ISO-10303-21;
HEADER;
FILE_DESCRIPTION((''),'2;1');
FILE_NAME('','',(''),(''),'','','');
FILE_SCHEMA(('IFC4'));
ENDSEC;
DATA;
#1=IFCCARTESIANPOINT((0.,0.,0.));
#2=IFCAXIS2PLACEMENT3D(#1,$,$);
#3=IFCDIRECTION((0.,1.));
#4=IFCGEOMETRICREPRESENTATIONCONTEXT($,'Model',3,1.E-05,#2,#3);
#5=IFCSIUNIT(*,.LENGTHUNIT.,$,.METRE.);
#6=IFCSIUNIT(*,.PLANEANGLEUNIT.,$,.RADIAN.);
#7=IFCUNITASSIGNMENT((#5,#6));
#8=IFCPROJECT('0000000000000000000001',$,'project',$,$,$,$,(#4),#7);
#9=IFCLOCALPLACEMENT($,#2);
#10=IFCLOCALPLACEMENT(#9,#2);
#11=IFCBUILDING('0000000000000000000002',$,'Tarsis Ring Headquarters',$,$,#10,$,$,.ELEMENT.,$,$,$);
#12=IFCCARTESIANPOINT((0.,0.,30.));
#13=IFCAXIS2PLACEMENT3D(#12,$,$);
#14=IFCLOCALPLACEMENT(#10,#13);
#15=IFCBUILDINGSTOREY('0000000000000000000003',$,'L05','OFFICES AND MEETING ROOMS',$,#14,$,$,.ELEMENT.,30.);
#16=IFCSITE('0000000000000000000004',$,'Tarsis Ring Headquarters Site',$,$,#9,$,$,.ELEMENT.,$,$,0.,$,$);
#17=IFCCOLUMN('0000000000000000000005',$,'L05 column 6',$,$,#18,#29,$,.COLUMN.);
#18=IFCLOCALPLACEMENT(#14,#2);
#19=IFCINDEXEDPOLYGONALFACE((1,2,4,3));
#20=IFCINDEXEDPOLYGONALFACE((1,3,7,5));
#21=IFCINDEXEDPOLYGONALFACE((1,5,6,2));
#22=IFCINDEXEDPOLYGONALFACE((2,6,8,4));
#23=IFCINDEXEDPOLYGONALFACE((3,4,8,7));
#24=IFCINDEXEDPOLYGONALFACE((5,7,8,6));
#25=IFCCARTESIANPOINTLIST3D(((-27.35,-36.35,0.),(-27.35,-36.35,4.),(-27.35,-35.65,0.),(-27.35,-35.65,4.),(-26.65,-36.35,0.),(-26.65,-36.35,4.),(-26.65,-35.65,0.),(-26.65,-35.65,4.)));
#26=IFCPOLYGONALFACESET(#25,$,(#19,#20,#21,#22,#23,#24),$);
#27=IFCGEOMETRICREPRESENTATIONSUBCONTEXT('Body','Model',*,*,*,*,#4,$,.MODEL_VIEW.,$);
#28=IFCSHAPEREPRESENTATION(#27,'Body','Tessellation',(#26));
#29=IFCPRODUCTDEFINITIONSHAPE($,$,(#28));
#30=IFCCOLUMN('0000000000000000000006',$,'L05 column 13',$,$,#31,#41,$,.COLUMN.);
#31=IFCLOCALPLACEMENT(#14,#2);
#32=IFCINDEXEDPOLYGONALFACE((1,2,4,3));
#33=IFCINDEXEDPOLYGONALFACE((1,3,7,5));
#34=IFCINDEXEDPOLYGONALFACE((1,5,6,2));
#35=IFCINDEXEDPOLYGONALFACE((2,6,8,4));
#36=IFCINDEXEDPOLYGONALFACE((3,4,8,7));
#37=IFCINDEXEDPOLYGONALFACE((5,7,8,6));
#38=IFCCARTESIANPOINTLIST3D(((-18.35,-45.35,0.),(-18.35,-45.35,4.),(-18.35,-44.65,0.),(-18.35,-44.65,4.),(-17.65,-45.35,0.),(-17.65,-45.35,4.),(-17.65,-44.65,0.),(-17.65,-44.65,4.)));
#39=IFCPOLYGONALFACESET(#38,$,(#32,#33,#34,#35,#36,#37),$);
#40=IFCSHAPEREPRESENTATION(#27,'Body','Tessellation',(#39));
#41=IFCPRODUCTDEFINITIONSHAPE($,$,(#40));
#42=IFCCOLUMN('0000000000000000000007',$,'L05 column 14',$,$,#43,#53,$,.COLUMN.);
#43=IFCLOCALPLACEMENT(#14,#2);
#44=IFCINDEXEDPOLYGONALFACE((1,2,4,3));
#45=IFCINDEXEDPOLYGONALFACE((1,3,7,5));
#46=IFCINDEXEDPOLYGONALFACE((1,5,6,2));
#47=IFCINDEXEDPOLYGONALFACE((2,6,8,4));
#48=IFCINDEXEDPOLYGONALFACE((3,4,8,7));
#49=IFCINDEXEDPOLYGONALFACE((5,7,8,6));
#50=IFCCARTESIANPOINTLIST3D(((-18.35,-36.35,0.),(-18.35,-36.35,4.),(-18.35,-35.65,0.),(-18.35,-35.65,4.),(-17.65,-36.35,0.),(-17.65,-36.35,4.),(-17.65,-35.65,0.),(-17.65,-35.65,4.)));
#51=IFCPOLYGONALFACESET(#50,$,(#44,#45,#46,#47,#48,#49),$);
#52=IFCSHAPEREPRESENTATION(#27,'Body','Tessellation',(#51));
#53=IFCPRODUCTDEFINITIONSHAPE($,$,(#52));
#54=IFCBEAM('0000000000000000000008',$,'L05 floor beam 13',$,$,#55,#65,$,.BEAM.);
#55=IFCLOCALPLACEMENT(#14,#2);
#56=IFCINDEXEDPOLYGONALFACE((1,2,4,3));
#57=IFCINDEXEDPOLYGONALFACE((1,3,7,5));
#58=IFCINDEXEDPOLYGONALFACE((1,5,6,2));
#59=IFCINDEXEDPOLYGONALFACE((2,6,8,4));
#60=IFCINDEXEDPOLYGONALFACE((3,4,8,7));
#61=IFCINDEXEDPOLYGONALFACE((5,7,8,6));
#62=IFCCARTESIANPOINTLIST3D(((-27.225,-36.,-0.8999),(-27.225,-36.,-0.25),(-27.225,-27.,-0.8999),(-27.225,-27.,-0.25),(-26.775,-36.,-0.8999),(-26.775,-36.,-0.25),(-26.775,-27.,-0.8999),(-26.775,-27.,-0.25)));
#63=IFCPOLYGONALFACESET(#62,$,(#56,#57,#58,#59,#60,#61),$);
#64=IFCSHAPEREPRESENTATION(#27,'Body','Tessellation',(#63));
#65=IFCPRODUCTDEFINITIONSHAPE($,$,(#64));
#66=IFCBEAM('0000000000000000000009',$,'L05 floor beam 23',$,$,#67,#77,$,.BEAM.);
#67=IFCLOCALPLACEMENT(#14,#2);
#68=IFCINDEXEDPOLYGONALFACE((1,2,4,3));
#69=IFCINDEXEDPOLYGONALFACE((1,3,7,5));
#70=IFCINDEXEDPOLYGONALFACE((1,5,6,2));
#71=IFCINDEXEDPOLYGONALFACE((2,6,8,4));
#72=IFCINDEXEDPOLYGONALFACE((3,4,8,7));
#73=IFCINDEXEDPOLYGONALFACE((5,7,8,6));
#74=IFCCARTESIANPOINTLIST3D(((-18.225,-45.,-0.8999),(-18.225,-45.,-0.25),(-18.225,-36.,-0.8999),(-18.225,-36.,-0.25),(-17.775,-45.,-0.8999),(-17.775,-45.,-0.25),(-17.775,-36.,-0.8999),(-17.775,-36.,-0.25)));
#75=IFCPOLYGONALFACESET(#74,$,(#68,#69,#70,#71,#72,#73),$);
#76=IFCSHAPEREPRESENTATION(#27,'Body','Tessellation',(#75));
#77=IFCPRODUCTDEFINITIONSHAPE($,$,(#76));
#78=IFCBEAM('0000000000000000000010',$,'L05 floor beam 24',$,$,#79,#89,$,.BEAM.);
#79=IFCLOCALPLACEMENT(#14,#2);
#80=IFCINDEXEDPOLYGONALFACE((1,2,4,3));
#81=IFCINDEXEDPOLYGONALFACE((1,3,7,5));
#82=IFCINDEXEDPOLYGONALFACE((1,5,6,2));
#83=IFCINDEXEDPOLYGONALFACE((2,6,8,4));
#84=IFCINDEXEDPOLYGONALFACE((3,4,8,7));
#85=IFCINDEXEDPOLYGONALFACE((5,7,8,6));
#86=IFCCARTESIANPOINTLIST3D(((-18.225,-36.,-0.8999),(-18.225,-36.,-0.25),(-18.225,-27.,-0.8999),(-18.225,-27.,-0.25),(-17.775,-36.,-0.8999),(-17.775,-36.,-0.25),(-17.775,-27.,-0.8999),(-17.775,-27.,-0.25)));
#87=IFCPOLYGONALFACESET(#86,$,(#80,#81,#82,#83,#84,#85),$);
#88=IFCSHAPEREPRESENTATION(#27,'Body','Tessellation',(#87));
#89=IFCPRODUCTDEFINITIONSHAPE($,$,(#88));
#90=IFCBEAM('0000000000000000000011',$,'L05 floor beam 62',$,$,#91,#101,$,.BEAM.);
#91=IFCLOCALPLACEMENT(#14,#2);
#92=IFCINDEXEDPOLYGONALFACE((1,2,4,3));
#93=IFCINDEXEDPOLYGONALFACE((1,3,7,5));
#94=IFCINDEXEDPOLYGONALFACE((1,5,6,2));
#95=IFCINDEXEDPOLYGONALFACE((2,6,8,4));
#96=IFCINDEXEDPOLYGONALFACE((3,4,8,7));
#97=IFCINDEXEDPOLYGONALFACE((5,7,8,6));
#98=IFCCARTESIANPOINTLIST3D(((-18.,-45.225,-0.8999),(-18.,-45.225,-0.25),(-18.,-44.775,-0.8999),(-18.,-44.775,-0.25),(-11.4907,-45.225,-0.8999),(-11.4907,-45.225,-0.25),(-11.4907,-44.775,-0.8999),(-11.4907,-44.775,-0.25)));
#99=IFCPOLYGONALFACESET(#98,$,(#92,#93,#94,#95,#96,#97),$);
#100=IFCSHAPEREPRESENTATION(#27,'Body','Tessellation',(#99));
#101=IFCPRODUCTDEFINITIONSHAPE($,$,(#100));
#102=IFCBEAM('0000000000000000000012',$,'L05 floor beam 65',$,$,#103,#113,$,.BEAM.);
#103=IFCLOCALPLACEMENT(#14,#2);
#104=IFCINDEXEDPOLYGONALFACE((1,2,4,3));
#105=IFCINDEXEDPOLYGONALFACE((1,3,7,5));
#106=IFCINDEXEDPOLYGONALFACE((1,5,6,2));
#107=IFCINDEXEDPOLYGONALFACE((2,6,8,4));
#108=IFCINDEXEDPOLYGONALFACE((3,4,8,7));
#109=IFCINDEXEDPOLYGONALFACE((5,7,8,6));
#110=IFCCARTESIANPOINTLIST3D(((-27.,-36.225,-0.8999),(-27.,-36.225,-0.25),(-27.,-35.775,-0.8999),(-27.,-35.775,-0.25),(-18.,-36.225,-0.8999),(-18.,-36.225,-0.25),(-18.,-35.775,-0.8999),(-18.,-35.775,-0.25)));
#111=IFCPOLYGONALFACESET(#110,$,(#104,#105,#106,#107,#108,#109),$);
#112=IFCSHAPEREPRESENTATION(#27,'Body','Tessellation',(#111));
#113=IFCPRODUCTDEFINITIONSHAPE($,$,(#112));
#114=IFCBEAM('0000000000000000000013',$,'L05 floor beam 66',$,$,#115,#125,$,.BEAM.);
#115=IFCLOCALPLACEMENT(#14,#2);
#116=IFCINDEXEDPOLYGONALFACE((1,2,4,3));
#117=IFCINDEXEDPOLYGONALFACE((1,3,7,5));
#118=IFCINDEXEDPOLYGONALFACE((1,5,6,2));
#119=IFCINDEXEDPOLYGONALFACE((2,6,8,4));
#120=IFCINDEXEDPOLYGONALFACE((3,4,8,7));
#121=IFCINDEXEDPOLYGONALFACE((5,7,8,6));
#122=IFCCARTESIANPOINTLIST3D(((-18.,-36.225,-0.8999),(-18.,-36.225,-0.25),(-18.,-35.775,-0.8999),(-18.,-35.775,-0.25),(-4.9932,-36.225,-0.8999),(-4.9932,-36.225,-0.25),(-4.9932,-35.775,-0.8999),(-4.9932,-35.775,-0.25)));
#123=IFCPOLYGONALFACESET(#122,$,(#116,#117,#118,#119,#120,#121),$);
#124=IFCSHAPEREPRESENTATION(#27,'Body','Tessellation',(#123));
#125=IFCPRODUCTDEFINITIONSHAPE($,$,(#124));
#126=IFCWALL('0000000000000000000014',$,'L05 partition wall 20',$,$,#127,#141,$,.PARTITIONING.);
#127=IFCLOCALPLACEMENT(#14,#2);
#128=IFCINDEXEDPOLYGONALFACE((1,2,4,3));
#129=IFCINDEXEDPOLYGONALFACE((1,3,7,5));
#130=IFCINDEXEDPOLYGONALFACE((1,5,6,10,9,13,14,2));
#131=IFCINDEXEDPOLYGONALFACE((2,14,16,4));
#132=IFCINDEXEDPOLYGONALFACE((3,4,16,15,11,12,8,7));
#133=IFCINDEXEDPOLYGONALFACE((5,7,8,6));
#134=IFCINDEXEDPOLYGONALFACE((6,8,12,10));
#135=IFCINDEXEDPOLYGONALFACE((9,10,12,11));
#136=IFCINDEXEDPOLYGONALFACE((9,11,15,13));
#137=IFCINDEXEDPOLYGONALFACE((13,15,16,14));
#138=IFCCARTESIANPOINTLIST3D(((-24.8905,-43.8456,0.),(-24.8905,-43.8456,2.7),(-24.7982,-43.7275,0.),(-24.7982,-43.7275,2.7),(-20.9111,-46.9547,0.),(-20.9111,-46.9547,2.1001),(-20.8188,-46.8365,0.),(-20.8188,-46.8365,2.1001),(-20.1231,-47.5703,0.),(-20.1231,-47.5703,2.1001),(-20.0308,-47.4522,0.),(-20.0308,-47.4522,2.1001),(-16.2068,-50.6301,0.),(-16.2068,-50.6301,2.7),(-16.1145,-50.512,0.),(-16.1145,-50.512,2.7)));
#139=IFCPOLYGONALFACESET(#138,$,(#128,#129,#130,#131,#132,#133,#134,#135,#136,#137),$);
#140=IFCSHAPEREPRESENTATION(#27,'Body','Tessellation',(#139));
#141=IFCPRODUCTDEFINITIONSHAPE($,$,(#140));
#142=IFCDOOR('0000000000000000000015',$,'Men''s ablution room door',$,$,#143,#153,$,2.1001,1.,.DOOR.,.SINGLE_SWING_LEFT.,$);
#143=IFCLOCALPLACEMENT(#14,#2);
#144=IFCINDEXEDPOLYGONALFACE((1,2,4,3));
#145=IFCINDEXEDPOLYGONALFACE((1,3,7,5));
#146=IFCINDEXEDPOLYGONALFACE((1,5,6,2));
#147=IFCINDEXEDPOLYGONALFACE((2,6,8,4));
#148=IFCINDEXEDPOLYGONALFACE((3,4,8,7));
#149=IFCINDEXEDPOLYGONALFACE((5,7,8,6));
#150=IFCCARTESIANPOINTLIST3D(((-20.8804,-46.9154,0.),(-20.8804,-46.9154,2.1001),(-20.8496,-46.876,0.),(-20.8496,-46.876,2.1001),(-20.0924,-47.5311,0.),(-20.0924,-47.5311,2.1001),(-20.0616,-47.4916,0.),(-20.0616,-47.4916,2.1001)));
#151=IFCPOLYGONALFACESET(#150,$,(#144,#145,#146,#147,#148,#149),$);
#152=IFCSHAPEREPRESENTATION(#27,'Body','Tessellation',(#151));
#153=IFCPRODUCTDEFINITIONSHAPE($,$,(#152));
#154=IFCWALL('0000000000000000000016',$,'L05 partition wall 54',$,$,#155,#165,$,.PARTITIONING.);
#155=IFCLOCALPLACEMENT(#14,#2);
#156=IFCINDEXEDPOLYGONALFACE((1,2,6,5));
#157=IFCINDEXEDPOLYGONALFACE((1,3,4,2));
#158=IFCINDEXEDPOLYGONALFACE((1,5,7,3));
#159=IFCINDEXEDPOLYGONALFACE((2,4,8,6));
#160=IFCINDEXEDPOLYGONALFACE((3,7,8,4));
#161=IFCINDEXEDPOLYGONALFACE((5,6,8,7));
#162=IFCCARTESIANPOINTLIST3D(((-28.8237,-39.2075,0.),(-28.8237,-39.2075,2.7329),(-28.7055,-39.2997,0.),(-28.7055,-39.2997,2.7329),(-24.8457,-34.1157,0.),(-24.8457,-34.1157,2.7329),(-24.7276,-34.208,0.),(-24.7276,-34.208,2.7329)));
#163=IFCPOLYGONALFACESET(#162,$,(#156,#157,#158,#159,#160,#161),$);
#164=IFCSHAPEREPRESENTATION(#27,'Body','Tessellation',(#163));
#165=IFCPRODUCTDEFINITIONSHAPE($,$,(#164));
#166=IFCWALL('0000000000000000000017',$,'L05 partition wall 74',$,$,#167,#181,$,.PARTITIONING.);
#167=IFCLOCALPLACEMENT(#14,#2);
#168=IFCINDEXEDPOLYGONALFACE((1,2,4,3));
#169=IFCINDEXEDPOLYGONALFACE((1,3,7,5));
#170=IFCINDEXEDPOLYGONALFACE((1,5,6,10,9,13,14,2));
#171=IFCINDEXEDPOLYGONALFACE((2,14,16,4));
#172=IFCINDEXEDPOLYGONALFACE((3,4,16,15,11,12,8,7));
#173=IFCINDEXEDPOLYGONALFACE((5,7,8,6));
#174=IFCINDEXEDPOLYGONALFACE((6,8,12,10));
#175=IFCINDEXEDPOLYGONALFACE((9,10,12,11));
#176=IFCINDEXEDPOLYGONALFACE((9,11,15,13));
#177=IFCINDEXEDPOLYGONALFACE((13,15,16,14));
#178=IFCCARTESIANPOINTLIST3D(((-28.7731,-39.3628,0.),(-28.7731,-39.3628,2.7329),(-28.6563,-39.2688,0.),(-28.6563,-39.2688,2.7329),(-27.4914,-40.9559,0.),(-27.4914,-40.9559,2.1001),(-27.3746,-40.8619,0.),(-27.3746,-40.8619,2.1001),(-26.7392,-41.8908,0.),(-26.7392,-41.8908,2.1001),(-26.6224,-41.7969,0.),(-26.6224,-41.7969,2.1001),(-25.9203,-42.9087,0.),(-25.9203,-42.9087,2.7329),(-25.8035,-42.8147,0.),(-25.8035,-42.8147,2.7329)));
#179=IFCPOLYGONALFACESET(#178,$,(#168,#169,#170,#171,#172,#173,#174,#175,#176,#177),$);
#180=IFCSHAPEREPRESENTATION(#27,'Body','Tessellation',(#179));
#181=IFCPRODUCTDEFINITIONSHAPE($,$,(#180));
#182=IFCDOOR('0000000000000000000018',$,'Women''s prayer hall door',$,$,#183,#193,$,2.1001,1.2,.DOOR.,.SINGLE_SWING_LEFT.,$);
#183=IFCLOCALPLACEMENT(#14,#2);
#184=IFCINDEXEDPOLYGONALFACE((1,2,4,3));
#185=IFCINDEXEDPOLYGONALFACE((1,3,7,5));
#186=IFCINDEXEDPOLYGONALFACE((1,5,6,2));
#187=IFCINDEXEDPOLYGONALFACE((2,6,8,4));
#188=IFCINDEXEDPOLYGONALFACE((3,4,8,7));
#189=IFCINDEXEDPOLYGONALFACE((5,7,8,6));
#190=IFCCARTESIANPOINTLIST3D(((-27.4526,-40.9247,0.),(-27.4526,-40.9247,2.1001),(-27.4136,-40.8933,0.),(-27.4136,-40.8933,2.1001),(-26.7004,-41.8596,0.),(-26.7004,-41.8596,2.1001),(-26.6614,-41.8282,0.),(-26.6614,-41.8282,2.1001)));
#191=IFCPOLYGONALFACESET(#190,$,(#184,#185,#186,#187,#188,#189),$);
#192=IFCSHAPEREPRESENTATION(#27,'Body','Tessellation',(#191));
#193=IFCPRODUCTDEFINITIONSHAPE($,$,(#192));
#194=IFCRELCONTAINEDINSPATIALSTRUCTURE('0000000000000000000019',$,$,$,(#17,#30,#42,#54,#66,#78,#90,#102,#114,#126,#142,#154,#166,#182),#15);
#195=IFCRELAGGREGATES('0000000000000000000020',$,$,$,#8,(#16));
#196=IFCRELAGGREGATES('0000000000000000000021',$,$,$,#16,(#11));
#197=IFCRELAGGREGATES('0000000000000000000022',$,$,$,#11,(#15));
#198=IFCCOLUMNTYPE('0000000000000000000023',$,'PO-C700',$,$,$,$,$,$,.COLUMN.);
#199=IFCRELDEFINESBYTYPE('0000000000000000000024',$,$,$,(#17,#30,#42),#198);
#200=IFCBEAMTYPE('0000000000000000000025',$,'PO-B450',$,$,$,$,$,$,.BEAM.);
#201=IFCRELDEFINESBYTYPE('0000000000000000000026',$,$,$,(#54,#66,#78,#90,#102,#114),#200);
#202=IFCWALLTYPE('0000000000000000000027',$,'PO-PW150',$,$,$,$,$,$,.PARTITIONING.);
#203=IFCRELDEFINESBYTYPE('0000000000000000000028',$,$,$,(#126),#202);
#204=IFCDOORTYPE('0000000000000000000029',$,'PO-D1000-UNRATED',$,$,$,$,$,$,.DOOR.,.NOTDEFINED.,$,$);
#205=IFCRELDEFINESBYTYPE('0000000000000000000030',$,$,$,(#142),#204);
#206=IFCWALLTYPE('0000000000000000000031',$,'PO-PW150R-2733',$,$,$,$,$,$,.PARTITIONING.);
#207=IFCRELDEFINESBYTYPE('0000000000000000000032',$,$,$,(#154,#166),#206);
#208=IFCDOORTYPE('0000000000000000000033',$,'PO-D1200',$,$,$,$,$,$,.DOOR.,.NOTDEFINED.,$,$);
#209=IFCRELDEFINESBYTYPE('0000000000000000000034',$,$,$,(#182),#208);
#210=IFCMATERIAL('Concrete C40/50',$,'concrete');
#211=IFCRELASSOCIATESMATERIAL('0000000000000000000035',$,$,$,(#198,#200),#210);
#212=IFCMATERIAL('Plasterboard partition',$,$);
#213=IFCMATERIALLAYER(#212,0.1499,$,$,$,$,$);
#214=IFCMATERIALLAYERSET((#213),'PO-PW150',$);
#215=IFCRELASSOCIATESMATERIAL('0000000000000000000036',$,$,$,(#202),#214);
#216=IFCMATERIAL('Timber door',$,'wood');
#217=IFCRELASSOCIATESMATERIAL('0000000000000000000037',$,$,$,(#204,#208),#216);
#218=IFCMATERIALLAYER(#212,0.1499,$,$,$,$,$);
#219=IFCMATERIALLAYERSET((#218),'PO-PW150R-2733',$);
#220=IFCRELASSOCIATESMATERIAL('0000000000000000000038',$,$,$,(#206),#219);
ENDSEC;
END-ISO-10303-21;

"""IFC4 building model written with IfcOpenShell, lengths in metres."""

from ifc_helpers import new_model, si_unit, direction, frame, frame_2d, origin, origin_2d, place, context, subcontext, project, spatial, rectangle, extrude, material, layer, layer_set, material_profile, profile_set, type_object, element, fill, save


model = new_model("IFC4")

# Units and contexts
model_context = context("Model", 3, precision=1e-05, world=origin(), true_north=direction((0.0, 1.0)))
body_context = subcontext(model_context, "Body", "Model", "MODEL_VIEW")
ifc_project = project(units=[si_unit("LENGTHUNIT", "METRE"), si_unit("PLANEANGLEUNIT", "RADIAN")], contexts=[model_context])

# Site, building, storey
site_placement = place(None, origin())
site = spatial("IfcSite", under=ifc_project, at=site_placement, Name="Tarsis Ring Headquarters Site", CompositionType="ELEMENT", RefElevation=0.0)
building_placement = place(site_placement, origin())
building = spatial("IfcBuilding", under=site, at=building_placement, Name="Tarsis Ring Headquarters", CompositionType="ELEMENT")
storey_placement = place(building_placement, frame((0.0, 0.0, 30.0)))
storey = spatial("IfcBuildingStorey", under=building, at=storey_placement, Name="L05", Description="OFFICES AND MEETING ROOMS", CompositionType="ELEMENT", Elevation=30.0)

# Columns
ifc_material_1 = material(Name="Concrete C40/50", Category="concrete")
ifc_material_profile_1 = material_profile(ifc_material_1, rectangle(XDim=0.7, YDim=0.7, at=origin_2d()), Name="PO-C700")
ifc_profile_set_1 = profile_set([ifc_material_profile_1], Name="Concrete C40/50")
column_type = type_object("IfcColumnType", Name="PO-C700", PredefinedType="COLUMN", material=ifc_profile_set_1)
for number, where, z_axis, x_axis, name in (
    (1, (-27.0, -36.0, 0.0), (0.0, 0.0, 1.0), (1.0, 0.0, 0.0), "L05 column 6"),
    (2, (-18.0, -45.0, 0.0), (0.0, 0.0, 1.0), (1.0, 0.0, 0.0), "L05 column 13"),
    (3, (-18.0, -36.0, 0.0), (0.0, 0.0, 1.0), (1.0, 0.0, 0.0), "L05 column 14"),
):
    element("IfcColumn", number, at=place(storey_placement, frame(where, z_axis=z_axis, x_axis=x_axis)), inside=storey, type_object=column_type, Name=name, PredefinedType="COLUMN", context=body_context, shape_type="SweptSolid", body=[
        extrude(rectangle(XDim=0.7, YDim=0.7, at=origin_2d()), origin(), (0.0, 0.0, 1.0), 4.0),
    ])

# Beams
ifc_material_profile_2 = material_profile(ifc_material_1, rectangle(XDim=0.45, YDim=0.6499, at=origin_2d()), Name="PO-B450")
ifc_profile_set_2 = profile_set([ifc_material_profile_2], Name="Concrete C40/50")
beam_type = type_object("IfcBeamType", Name="PO-B450", PredefinedType="BEAM", material=ifc_profile_set_2)
for number, where, z_axis, x_axis, name in (
    (4, (-27.0, -36.0, -0.575), (0.0, 1.0, 0.0), (-1.0, 0.0, 0.0), "L05 floor beam 13"),
    (5, (-18.0, -45.0, -0.575), (0.0, 1.0, 0.0), (-1.0, 0.0, 0.0), "L05 floor beam 23"),
    (6, (-18.0, -36.0, -0.575), (0.0, 1.0, 0.0), (-1.0, 0.0, 0.0), "L05 floor beam 24"),
):
    element("IfcBeam", number, at=place(storey_placement, frame(where, z_axis=z_axis, x_axis=x_axis)), inside=storey, type_object=beam_type, Name=name, PredefinedType="BEAM", context=body_context, shape_type="SweptSolid", body=[
        extrude(rectangle(XDim=0.45, YDim=0.6499, at=origin_2d()), origin(), (0.0, 0.0, 1.0), 9.0),
    ])
beam_1_placement = place(storey_placement, frame((-18.0, -45.0, -0.575), z_axis=(1.0, 0.0, 0.0), x_axis=(0.0, 1.0, 0.0)))
element("IfcBeam", 7, at=beam_1_placement, inside=storey, type_object=beam_type, Name="L05 floor beam 62", PredefinedType="BEAM", context=body_context, shape_type="SweptSolid", body=[
    extrude(rectangle(XDim=0.45, YDim=0.6499, at=origin_2d()), origin(), (0.0, 0.0, 1.0), 6.5093),
])
beam_2_placement = place(storey_placement, frame((-27.0, -36.0, -0.575), z_axis=(1.0, 0.0, 0.0), x_axis=(0.0, 1.0, 0.0)))
element("IfcBeam", 8, at=beam_2_placement, inside=storey, type_object=beam_type, Name="L05 floor beam 65", PredefinedType="BEAM", context=body_context, shape_type="SweptSolid", body=[
    extrude(rectangle(XDim=0.45, YDim=0.6499, at=origin_2d()), origin(), (0.0, 0.0, 1.0), 9.0),
])
beam_3_placement = place(storey_placement, frame((-18.0, -36.0, -0.575), z_axis=(1.0, 0.0, 0.0), x_axis=(0.0, 1.0, 0.0)))
element("IfcBeam", 9, at=beam_3_placement, inside=storey, type_object=beam_type, Name="L05 floor beam 66", PredefinedType="BEAM", context=body_context, shape_type="SweptSolid", body=[
    extrude(rectangle(XDim=0.45, YDim=0.6499, at=origin_2d()), origin(), (0.0, 0.0, 1.0), 13.0068),
])

# Wall, opening, door
ifc_material_2 = material(Name="Plasterboard partition")
ifc_layer_1 = layer(ifc_material_2, 0.1499)
ifc_layer_set_1 = layer_set([ifc_layer_1], Name="PO-PW150")
wall_type_1 = type_object("IfcWallType", Name="PO-PW150", PredefinedType="PARTITIONING", material=ifc_layer_set_1)
wall_1_placement = place(storey_placement, frame((-24.8442, -43.7866, 0.0), z_axis=(0.0, 0.0, 1.0), x_axis=(0.788008, -0.615665, 0.0)))
wall_1 = element("IfcWall", 10, at=wall_1_placement, inside=storey, type_object=wall_type_1, Name="L05 partition wall 20", PredefinedType="PARTITIONING", context=body_context, shape_type="SweptSolid", body=[
    extrude(rectangle(XDim=11.0198, YDim=0.1499, at=frame_2d((5.5098, 0.0))), origin(), (0.0, 0.0, 1.0), 2.7),
])
opening_1_placement = place(wall_1_placement, frame((5.0498, 0.0, 0.0)))
opening_1 = element("IfcOpeningElement", 11, at=opening_1_placement, cuts=wall_1, PredefinedType="OPENING", context=body_context, shape_type="SweptSolid", body=[
    extrude(rectangle(XDim=1.0, YDim=2.1001, at=frame_2d((0.5, 1.05))), frame((0.0, 0.085, 0.0), z_axis=(0.0, -1.0, 0.0), x_axis=(1.0, 0.0, 0.0)), (0.0, 0.0, 1.0), 0.1699),
])
ifc_material_3 = material(Name="Timber door", Category="wood")
door_type_1 = type_object("IfcDoorType", Name="PO-D1000-UNRATED", OperationType="NOTDEFINED", PredefinedType="DOOR", material=ifc_material_3)
door_1_placement = place(opening_1_placement, origin())
door_1 = element("IfcDoor", 12, at=door_1_placement, inside=storey, type_object=door_type_1, Name="Men's ablution room door", OperationType="SINGLE_SWING_LEFT", OverallHeight=2.1001, OverallWidth=1.0, PredefinedType="DOOR", context=body_context, shape_type="SweptSolid", body=[
    extrude(rectangle(XDim=1.0, YDim=2.1001, at=frame_2d((0.5, 1.05))), frame((0.0, 0.0249, 0.0), z_axis=(0.0, -1.0, 0.0), x_axis=(1.0, 0.0, 0.0)), (0.0, 0.0, 1.0), 0.05),
])
fill(opening_1, door_1)

# Wall
ifc_layer_2 = layer(ifc_material_2, 0.1499)
ifc_layer_set_2 = layer_set([ifc_layer_2], Name="PO-PW150R-2733")
wall_type_2 = type_object("IfcWallType", Name="PO-PW150R-2733", PredefinedType="PARTITIONING", material=ifc_layer_set_2)
wall_2_placement = place(storey_placement, frame((-24.7866, -34.1619, 0.0), z_axis=(0.0, 0.0, 1.0), x_axis=(-0.61565, -0.78802, 0.0)))
element("IfcWall", 13, at=wall_2_placement, inside=storey, type_object=wall_type_2, Name="L05 partition wall 54", PredefinedType="PARTITIONING", context=body_context, shape_type="SweptSolid", body=[
    extrude(rectangle(XDim=6.4614, YDim=0.1499, at=frame_2d((3.2307, 0.0))), origin(), (0.0, 0.0, 1.0), 2.7329),
])

# Wall, opening, door
wall_3_placement = place(storey_placement, frame((-28.7146, -39.3159, 0.0), z_axis=(0.0, 0.0, 1.0), x_axis=(0.626845, -0.779144, 0.0)))
wall_3 = element("IfcWall", 14, at=wall_3_placement, inside=storey, type_object=wall_type_2, Name="L05 partition wall 74", PredefinedType="PARTITIONING", context=body_context, shape_type="SweptSolid", body=[
    extrude(rectangle(XDim=4.551, YDim=0.1499, at=frame_2d((2.2754, 0.0))), origin(), (0.0, 0.0, 1.0), 2.7329),
])
opening_2_placement = place(wall_3_placement, frame((2.0444, 0.0, 0.0)))
opening_2 = element("IfcOpeningElement", 15, at=opening_2_placement, cuts=wall_3, PredefinedType="OPENING", context=body_context, shape_type="SweptSolid", body=[
    extrude(rectangle(XDim=1.2, YDim=2.1001, at=frame_2d((0.6001, 1.05))), frame((0.0, 0.085, 0.0), z_axis=(0.0, -1.0, 0.0), x_axis=(1.0, 0.0, 0.0)), (0.0, 0.0, 1.0), 0.1699),
])
door_type_2 = type_object("IfcDoorType", Name="PO-D1200", OperationType="NOTDEFINED", PredefinedType="DOOR", material=ifc_material_3)
door_2_placement = place(opening_2_placement, origin())
door_2 = element("IfcDoor", 16, at=door_2_placement, inside=storey, type_object=door_type_2, Name="Women's prayer hall door", OperationType="SINGLE_SWING_LEFT", OverallHeight=2.1001, OverallWidth=1.2, PredefinedType="DOOR", context=body_context, shape_type="SweptSolid", body=[
    extrude(rectangle(XDim=1.2, YDim=2.1001, at=frame_2d((0.6001, 1.05))), frame((0.0, 0.0249, 0.0), z_axis=(0.0, -1.0, 0.0), x_axis=(1.0, 0.0, 0.0)), (0.0, 0.0, 1.0), 0.05),
])
fill(opening_2, door_2)

save(model, "model.ifc")
